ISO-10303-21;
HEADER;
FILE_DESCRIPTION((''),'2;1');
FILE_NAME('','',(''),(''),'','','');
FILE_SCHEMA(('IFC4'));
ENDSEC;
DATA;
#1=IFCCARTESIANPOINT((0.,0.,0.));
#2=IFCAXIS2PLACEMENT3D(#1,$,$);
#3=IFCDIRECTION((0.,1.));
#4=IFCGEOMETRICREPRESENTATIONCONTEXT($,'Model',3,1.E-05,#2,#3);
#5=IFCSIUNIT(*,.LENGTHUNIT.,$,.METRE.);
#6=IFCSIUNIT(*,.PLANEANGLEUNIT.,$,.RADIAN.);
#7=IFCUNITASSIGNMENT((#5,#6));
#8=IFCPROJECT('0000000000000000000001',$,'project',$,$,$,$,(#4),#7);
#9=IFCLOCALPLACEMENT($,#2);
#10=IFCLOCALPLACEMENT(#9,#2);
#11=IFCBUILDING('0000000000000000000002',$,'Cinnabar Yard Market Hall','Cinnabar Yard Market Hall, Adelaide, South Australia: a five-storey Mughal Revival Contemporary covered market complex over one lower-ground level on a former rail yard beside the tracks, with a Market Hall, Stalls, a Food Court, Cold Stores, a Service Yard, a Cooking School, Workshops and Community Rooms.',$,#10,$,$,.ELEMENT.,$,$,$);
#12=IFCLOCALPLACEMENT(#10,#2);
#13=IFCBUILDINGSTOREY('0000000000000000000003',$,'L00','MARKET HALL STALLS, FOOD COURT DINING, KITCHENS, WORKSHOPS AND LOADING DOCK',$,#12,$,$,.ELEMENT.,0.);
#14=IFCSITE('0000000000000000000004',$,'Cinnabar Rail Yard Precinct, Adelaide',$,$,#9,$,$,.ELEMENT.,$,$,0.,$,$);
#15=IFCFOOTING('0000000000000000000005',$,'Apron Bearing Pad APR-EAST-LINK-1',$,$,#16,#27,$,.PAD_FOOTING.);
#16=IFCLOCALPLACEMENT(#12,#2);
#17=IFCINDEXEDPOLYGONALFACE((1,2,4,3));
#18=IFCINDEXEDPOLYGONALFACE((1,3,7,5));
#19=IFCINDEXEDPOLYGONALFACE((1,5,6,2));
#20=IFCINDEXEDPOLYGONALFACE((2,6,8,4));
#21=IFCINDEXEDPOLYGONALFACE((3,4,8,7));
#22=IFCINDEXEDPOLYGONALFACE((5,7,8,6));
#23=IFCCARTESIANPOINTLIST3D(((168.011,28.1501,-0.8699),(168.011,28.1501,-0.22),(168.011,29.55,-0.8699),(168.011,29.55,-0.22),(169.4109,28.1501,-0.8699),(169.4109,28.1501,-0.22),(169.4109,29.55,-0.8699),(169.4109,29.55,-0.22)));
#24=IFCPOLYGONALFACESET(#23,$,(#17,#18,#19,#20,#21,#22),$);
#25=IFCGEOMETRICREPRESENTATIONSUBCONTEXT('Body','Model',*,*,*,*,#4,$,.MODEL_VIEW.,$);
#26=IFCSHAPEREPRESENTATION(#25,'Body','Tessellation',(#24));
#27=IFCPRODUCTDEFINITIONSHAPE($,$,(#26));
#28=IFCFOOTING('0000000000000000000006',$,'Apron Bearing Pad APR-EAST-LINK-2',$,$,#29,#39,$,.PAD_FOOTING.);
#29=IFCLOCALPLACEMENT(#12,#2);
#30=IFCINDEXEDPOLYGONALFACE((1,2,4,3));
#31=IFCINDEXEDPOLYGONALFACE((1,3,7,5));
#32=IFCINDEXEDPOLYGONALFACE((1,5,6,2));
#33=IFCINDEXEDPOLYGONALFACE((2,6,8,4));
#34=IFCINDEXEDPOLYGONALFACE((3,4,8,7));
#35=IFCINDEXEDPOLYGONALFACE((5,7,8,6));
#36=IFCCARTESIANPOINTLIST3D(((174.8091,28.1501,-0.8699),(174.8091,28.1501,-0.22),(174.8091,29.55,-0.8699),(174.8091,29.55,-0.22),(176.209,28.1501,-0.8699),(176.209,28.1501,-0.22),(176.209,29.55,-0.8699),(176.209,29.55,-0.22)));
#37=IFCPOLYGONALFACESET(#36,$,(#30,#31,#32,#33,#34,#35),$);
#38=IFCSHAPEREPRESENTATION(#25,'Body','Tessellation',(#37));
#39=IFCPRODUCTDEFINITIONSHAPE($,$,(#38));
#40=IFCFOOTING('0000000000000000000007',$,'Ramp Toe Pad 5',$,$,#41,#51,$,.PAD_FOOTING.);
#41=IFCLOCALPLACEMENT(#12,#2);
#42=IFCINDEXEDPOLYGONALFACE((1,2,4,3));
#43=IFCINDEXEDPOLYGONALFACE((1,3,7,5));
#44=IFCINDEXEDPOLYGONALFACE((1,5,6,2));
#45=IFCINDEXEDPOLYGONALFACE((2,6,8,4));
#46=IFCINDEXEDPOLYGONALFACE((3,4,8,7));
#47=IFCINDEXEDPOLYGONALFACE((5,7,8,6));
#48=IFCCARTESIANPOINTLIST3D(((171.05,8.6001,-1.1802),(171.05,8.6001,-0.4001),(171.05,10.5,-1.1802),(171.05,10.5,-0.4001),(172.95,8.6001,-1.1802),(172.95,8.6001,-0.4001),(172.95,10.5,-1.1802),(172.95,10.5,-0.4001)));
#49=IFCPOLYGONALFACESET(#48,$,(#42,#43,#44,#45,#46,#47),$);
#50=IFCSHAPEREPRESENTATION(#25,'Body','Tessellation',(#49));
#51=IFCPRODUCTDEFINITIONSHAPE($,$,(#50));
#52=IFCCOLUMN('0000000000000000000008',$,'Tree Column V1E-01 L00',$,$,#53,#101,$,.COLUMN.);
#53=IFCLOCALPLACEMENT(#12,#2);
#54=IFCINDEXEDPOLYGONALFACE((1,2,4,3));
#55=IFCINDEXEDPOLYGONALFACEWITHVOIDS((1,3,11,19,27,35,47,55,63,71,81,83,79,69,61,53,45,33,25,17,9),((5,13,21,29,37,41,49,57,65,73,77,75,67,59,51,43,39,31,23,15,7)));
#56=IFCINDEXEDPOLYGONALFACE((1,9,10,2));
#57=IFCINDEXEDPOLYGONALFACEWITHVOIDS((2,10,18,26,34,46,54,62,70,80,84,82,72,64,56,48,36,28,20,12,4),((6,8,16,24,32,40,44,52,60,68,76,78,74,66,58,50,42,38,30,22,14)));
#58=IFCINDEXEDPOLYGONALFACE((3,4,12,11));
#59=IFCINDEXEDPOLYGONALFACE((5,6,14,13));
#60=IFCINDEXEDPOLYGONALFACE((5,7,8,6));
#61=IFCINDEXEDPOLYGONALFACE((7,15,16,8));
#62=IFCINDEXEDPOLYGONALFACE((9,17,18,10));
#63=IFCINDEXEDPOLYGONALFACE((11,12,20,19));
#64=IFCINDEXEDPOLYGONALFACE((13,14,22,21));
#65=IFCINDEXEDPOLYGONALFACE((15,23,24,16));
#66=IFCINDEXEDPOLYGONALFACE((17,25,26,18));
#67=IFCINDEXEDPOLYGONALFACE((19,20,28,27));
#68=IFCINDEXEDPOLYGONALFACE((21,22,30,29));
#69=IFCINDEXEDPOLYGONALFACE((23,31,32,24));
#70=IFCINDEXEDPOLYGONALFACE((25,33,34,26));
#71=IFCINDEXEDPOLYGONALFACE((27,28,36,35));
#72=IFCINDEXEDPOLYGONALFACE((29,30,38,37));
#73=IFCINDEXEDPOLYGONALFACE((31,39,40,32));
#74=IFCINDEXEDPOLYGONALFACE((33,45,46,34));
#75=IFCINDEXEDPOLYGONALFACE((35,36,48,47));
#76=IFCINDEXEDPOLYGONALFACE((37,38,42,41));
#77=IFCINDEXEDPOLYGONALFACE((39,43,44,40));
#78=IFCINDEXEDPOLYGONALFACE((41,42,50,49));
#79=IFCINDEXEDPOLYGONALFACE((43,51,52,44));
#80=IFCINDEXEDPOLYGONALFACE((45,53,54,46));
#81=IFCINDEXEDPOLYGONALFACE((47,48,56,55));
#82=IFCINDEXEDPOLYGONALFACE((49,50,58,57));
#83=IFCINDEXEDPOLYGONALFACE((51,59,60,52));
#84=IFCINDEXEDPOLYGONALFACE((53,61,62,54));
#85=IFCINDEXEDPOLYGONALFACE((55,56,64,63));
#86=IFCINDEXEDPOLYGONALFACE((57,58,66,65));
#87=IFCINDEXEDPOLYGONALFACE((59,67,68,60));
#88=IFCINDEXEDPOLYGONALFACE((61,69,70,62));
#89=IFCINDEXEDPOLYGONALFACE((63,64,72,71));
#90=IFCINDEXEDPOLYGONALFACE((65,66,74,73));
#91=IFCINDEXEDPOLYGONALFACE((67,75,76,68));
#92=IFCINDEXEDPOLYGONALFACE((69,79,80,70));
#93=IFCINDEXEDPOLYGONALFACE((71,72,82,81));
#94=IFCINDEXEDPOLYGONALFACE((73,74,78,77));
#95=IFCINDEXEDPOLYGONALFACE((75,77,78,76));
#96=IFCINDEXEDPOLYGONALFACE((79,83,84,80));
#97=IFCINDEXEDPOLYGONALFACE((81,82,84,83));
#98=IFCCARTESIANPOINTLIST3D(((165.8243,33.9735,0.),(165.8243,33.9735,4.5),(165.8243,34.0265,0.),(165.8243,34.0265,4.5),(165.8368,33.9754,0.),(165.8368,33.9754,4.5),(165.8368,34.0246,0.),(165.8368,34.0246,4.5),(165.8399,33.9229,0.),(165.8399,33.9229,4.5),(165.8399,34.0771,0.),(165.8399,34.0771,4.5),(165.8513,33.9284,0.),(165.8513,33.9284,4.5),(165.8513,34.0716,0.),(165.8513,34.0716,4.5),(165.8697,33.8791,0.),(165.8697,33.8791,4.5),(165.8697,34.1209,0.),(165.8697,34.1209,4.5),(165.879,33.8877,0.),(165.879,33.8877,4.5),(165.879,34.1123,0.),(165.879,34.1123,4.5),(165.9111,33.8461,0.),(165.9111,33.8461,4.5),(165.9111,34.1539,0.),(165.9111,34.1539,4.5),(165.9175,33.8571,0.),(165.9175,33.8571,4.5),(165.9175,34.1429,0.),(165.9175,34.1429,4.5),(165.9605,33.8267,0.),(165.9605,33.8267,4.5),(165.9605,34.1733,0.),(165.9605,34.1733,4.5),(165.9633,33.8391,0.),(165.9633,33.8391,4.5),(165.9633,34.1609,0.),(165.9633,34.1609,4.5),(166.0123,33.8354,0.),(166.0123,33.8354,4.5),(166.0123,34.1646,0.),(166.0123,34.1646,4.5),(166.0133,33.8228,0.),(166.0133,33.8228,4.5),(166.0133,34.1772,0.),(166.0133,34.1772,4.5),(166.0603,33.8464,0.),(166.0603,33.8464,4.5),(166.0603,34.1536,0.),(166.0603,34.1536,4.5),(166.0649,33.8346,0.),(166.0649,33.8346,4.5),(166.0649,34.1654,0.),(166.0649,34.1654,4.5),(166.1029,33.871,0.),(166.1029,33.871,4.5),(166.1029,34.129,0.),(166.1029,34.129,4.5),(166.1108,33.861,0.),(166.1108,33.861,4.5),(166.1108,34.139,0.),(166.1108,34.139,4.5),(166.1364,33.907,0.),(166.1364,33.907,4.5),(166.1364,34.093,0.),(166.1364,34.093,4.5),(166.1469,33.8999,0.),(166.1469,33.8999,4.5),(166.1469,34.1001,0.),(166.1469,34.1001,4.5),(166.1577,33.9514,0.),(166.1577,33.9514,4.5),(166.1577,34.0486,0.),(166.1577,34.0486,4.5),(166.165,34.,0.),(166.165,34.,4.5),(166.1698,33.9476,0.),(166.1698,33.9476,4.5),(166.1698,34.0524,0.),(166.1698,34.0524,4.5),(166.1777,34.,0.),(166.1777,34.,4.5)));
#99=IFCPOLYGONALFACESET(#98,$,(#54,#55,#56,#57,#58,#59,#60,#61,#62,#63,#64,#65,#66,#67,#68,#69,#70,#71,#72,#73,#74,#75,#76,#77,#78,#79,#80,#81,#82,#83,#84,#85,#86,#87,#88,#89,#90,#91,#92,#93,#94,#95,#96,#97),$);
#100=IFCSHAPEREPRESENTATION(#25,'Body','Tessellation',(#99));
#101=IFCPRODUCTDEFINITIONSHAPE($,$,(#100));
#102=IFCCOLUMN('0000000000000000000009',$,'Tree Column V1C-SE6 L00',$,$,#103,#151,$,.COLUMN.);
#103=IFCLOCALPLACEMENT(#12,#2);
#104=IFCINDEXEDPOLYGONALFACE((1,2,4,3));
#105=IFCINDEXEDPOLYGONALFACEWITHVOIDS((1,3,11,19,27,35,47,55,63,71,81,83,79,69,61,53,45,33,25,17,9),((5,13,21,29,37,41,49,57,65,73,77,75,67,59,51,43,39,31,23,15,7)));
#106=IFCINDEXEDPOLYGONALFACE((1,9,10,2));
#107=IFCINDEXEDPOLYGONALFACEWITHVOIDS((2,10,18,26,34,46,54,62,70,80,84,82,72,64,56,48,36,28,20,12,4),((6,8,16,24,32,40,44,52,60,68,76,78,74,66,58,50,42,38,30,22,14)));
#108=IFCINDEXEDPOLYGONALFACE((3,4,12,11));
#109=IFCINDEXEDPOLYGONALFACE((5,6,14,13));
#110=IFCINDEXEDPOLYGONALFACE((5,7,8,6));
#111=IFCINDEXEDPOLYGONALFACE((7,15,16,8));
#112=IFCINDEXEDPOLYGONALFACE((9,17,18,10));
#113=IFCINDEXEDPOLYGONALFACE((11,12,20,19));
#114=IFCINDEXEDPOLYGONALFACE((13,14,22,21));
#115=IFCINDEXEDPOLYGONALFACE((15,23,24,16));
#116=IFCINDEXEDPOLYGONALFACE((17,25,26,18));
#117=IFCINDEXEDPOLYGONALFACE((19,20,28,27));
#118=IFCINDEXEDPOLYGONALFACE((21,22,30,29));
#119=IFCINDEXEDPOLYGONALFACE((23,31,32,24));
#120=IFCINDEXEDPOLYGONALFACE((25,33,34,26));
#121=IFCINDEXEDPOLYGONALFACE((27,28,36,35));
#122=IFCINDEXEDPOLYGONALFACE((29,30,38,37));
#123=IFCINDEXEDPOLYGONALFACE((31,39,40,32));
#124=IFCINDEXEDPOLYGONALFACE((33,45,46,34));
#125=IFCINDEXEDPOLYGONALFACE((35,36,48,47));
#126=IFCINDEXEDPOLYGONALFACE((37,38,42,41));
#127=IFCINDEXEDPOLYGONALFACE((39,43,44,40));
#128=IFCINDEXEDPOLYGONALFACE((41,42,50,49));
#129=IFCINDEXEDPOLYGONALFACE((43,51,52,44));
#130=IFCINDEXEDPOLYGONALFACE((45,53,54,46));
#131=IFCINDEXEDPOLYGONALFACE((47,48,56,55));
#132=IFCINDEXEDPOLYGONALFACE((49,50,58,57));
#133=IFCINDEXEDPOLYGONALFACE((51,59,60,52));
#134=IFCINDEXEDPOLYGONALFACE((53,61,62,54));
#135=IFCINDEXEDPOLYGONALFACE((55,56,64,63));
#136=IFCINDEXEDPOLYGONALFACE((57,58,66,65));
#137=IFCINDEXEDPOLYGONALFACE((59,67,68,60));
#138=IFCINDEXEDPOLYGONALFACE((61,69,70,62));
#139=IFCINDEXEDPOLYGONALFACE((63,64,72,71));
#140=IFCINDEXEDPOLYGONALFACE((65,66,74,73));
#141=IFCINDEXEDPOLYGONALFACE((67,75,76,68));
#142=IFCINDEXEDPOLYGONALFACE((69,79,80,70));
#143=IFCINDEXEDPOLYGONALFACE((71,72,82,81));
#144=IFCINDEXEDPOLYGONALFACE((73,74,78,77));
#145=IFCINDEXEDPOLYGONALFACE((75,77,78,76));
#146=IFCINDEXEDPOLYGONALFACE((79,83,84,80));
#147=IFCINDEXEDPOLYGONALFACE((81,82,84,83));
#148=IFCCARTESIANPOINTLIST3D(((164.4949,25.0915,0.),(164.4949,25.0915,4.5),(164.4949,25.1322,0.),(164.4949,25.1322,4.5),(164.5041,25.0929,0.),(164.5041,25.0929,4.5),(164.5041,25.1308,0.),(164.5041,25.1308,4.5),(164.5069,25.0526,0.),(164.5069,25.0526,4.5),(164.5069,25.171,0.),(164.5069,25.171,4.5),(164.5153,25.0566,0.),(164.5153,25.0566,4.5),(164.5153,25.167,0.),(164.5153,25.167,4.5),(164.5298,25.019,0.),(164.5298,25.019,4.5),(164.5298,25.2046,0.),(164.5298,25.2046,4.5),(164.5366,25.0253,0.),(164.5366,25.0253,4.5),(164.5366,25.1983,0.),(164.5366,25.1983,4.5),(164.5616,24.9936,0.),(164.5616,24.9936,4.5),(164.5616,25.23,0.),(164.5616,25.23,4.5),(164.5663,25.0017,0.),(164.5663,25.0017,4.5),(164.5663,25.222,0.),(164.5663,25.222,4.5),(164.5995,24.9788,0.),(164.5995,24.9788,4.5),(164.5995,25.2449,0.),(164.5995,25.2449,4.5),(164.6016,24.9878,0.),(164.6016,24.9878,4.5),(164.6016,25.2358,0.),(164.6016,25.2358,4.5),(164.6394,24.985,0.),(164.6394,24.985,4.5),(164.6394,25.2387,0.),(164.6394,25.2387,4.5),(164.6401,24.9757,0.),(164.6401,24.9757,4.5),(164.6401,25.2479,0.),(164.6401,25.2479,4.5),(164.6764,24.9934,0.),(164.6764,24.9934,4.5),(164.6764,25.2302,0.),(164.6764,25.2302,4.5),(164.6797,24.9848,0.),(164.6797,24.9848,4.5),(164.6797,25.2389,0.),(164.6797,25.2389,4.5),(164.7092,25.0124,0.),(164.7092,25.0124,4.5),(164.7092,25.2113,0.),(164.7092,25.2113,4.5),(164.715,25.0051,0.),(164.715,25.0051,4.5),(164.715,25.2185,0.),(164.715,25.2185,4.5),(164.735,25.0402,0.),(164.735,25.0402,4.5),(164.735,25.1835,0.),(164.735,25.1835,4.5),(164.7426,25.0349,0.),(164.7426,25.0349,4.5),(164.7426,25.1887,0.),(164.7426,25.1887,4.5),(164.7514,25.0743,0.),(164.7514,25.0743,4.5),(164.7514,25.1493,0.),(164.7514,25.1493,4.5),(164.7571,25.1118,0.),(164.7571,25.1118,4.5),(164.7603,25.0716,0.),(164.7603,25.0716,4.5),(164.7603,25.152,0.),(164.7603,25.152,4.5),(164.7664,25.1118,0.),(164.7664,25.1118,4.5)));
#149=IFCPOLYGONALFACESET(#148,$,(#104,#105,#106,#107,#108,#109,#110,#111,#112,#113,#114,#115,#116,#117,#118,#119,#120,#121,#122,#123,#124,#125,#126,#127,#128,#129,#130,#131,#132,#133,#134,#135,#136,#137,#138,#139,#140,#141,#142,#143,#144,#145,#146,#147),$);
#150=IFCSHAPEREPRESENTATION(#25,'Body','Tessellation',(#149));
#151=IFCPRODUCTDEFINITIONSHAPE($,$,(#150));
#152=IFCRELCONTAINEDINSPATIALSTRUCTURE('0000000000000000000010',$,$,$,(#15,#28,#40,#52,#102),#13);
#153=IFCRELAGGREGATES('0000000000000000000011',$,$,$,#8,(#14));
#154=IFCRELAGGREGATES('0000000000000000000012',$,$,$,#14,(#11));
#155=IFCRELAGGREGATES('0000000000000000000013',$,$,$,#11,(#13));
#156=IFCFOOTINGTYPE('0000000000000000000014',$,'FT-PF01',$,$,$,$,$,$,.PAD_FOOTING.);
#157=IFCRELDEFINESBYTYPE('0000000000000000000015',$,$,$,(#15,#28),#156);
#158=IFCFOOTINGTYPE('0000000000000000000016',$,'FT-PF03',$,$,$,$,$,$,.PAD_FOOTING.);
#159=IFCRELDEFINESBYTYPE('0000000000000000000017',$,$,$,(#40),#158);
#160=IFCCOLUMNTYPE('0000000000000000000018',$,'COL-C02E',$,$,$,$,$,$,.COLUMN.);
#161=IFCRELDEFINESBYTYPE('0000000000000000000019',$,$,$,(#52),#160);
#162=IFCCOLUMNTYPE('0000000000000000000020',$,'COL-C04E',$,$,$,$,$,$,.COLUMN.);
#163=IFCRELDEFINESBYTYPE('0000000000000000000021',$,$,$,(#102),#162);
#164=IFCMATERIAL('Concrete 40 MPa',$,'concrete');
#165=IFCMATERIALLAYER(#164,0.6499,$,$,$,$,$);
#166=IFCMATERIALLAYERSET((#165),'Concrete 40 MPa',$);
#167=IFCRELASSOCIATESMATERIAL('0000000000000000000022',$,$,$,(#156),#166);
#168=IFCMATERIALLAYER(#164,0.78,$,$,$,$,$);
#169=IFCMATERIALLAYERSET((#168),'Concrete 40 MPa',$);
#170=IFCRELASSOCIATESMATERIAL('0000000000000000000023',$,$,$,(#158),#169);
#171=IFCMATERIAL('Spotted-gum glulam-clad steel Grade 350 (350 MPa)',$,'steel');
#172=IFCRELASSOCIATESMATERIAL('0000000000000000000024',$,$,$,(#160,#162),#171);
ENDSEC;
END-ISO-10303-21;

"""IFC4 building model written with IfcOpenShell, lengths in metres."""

from ifc_helpers import new_model, si_unit, direction, frame, origin, origin_2d_with_axis, place, context, subcontext, project, spatial, rectangle, hollow_circle, extrude, material, layer, layer_set, material_profile, profile_set, type_object, element, save


model = new_model("IFC4")

# Units and contexts
model_context = context("Model", 3, precision=1e-05, world=origin(), true_north=direction((0.0, 1.0)))
body_context = subcontext(model_context, "Body", "Model", "MODEL_VIEW")
ifc_project = project(units=[si_unit("LENGTHUNIT", "METRE"), si_unit("PLANEANGLEUNIT", "RADIAN")], contexts=[model_context])

# Site, building, storey
site_placement = place(None, origin())
site = spatial("IfcSite", under=ifc_project, at=site_placement, Name="Cinnabar Rail Yard Precinct, Adelaide", CompositionType="ELEMENT", RefElevation=0.0)
building_placement = place(site_placement, origin())
building = spatial("IfcBuilding", under=site, at=building_placement, Name="Cinnabar Yard Market Hall", Description="Cinnabar Yard Market Hall, Adelaide, South Australia: a five-storey Mughal Revival Contemporary covered market complex over one lower-ground level on a former rail yard beside the tracks, with a Market Hall, Stalls, a Food Court, Cold Stores, a Service Yard, a Cooking School, Workshops and Community Rooms.", CompositionType="ELEMENT")
storey_placement = place(building_placement, origin())
storey = spatial("IfcBuildingStorey", under=building, at=storey_placement, Name="L00", Description="MARKET HALL STALLS, FOOD COURT DINING, KITCHENS, WORKSHOPS AND LOADING DOCK", CompositionType="ELEMENT", Elevation=0.0)

# Footings
ifc_material_1 = material(Name="Concrete 40 MPa", Category="concrete")
ifc_layer_1 = layer(ifc_material_1, 0.6499)
ifc_layer_set_1 = layer_set([ifc_layer_1], Name="Concrete 40 MPa")
footing_type_1 = type_object("IfcFootingType", Name="FT-PF01", PredefinedType="PAD_FOOTING", material=ifc_layer_set_1)
for number, where, z_axis, x_axis, name in (
    (1, (168.7109, 28.8501, -0.8699), (0.0, 0.0, 1.0), (1.0, 0.0, 0.0), "Apron Bearing Pad APR-EAST-LINK-1"),
    (2, (175.509, 28.8501, -0.8699), (0.0, 0.0, 1.0), (1.0, 0.0, 0.0), "Apron Bearing Pad APR-EAST-LINK-2"),
):
    element("IfcFooting", number, at=place(storey_placement, frame(where, z_axis=z_axis, x_axis=x_axis)), inside=storey, type_object=footing_type_1, Name=name, PredefinedType="PAD_FOOTING", context=body_context, shape_type="SweptSolid", body=[
        extrude(rectangle(XDim=1.3999, YDim=1.3999, at=origin_2d_with_axis()), origin(), (0.0, 0.0, 1.0), 0.6499),
    ])
ifc_layer_2 = layer(ifc_material_1, 0.78)
ifc_layer_set_2 = layer_set([ifc_layer_2], Name="Concrete 40 MPa")
footing_type_2 = type_object("IfcFootingType", Name="FT-PF03", PredefinedType="PAD_FOOTING", material=ifc_layer_set_2)
footing_placement = place(storey_placement, frame((172.0, 9.55, -1.1802), z_axis=(0.0, 0.0, 1.0), x_axis=(1.0, 0.0, 0.0)))
element("IfcFooting", 3, at=footing_placement, inside=storey, type_object=footing_type_2, Name="Ramp Toe Pad 5", PredefinedType="PAD_FOOTING", context=body_context, shape_type="SweptSolid", body=[
    extrude(rectangle(XDim=1.8999, YDim=1.8999, at=origin_2d_with_axis()), origin(), (0.0, 0.0, 1.0), 0.78),
])

# Columns
ifc_material_2 = material(Name="Spotted-gum glulam-clad steel Grade 350 (350 MPa)", Category="steel")
ifc_material_profile_1 = material_profile(ifc_material_2, hollow_circle(Radius=0.1777, WallThickness=0.0127, at=origin_2d_with_axis()), Name="355.6x12.7CHS")
ifc_profile_set_1 = profile_set([ifc_material_profile_1], Name="Spotted-gum glulam-clad steel Grade 350 (350 MPa)")
column_type_1 = type_object("IfcColumnType", Name="COL-C02E", PredefinedType="COLUMN", material=ifc_profile_set_1)
column_1_placement = place(storey_placement, frame((166.0, 34.0, 0.0), z_axis=(0.0, 0.0, 1.0), x_axis=(1.0, 0.0, 0.0)))
element("IfcColumn", 4, at=column_1_placement, inside=storey, type_object=column_type_1, Name="Tree Column V1E-01 L00", PredefinedType="COLUMN", context=body_context, shape_type="SweptSolid", body=[
    extrude(hollow_circle(Radius=0.1777, WallThickness=0.0127, at=origin_2d_with_axis()), origin(), (0.0, 0.0, 1.0), 4.5),
])
ifc_material_profile_2 = material_profile(ifc_material_2, hollow_circle(Radius=0.1365, WallThickness=0.0093, at=origin_2d_with_axis()), Name="273.1x9.3CHS")
ifc_profile_set_2 = profile_set([ifc_material_profile_2], Name="Spotted-gum glulam-clad steel Grade 350 (350 MPa)")
column_type_2 = type_object("IfcColumnType", Name="COL-C04E", PredefinedType="COLUMN", material=ifc_profile_set_2)
column_2_placement = place(storey_placement, frame((164.6299, 25.1118, 0.0), z_axis=(0.0, 0.0, 1.0), x_axis=(1.0, 0.0, 0.0)))
element("IfcColumn", 5, at=column_2_placement, inside=storey, type_object=column_type_2, Name="Tree Column V1C-SE6 L00", PredefinedType="COLUMN", context=body_context, shape_type="SweptSolid", body=[
    extrude(hollow_circle(Radius=0.1365, WallThickness=0.0093, at=origin_2d_with_axis()), origin(), (0.0, 0.0, 1.0), 4.5),
])

save(model, "model.ifc")
